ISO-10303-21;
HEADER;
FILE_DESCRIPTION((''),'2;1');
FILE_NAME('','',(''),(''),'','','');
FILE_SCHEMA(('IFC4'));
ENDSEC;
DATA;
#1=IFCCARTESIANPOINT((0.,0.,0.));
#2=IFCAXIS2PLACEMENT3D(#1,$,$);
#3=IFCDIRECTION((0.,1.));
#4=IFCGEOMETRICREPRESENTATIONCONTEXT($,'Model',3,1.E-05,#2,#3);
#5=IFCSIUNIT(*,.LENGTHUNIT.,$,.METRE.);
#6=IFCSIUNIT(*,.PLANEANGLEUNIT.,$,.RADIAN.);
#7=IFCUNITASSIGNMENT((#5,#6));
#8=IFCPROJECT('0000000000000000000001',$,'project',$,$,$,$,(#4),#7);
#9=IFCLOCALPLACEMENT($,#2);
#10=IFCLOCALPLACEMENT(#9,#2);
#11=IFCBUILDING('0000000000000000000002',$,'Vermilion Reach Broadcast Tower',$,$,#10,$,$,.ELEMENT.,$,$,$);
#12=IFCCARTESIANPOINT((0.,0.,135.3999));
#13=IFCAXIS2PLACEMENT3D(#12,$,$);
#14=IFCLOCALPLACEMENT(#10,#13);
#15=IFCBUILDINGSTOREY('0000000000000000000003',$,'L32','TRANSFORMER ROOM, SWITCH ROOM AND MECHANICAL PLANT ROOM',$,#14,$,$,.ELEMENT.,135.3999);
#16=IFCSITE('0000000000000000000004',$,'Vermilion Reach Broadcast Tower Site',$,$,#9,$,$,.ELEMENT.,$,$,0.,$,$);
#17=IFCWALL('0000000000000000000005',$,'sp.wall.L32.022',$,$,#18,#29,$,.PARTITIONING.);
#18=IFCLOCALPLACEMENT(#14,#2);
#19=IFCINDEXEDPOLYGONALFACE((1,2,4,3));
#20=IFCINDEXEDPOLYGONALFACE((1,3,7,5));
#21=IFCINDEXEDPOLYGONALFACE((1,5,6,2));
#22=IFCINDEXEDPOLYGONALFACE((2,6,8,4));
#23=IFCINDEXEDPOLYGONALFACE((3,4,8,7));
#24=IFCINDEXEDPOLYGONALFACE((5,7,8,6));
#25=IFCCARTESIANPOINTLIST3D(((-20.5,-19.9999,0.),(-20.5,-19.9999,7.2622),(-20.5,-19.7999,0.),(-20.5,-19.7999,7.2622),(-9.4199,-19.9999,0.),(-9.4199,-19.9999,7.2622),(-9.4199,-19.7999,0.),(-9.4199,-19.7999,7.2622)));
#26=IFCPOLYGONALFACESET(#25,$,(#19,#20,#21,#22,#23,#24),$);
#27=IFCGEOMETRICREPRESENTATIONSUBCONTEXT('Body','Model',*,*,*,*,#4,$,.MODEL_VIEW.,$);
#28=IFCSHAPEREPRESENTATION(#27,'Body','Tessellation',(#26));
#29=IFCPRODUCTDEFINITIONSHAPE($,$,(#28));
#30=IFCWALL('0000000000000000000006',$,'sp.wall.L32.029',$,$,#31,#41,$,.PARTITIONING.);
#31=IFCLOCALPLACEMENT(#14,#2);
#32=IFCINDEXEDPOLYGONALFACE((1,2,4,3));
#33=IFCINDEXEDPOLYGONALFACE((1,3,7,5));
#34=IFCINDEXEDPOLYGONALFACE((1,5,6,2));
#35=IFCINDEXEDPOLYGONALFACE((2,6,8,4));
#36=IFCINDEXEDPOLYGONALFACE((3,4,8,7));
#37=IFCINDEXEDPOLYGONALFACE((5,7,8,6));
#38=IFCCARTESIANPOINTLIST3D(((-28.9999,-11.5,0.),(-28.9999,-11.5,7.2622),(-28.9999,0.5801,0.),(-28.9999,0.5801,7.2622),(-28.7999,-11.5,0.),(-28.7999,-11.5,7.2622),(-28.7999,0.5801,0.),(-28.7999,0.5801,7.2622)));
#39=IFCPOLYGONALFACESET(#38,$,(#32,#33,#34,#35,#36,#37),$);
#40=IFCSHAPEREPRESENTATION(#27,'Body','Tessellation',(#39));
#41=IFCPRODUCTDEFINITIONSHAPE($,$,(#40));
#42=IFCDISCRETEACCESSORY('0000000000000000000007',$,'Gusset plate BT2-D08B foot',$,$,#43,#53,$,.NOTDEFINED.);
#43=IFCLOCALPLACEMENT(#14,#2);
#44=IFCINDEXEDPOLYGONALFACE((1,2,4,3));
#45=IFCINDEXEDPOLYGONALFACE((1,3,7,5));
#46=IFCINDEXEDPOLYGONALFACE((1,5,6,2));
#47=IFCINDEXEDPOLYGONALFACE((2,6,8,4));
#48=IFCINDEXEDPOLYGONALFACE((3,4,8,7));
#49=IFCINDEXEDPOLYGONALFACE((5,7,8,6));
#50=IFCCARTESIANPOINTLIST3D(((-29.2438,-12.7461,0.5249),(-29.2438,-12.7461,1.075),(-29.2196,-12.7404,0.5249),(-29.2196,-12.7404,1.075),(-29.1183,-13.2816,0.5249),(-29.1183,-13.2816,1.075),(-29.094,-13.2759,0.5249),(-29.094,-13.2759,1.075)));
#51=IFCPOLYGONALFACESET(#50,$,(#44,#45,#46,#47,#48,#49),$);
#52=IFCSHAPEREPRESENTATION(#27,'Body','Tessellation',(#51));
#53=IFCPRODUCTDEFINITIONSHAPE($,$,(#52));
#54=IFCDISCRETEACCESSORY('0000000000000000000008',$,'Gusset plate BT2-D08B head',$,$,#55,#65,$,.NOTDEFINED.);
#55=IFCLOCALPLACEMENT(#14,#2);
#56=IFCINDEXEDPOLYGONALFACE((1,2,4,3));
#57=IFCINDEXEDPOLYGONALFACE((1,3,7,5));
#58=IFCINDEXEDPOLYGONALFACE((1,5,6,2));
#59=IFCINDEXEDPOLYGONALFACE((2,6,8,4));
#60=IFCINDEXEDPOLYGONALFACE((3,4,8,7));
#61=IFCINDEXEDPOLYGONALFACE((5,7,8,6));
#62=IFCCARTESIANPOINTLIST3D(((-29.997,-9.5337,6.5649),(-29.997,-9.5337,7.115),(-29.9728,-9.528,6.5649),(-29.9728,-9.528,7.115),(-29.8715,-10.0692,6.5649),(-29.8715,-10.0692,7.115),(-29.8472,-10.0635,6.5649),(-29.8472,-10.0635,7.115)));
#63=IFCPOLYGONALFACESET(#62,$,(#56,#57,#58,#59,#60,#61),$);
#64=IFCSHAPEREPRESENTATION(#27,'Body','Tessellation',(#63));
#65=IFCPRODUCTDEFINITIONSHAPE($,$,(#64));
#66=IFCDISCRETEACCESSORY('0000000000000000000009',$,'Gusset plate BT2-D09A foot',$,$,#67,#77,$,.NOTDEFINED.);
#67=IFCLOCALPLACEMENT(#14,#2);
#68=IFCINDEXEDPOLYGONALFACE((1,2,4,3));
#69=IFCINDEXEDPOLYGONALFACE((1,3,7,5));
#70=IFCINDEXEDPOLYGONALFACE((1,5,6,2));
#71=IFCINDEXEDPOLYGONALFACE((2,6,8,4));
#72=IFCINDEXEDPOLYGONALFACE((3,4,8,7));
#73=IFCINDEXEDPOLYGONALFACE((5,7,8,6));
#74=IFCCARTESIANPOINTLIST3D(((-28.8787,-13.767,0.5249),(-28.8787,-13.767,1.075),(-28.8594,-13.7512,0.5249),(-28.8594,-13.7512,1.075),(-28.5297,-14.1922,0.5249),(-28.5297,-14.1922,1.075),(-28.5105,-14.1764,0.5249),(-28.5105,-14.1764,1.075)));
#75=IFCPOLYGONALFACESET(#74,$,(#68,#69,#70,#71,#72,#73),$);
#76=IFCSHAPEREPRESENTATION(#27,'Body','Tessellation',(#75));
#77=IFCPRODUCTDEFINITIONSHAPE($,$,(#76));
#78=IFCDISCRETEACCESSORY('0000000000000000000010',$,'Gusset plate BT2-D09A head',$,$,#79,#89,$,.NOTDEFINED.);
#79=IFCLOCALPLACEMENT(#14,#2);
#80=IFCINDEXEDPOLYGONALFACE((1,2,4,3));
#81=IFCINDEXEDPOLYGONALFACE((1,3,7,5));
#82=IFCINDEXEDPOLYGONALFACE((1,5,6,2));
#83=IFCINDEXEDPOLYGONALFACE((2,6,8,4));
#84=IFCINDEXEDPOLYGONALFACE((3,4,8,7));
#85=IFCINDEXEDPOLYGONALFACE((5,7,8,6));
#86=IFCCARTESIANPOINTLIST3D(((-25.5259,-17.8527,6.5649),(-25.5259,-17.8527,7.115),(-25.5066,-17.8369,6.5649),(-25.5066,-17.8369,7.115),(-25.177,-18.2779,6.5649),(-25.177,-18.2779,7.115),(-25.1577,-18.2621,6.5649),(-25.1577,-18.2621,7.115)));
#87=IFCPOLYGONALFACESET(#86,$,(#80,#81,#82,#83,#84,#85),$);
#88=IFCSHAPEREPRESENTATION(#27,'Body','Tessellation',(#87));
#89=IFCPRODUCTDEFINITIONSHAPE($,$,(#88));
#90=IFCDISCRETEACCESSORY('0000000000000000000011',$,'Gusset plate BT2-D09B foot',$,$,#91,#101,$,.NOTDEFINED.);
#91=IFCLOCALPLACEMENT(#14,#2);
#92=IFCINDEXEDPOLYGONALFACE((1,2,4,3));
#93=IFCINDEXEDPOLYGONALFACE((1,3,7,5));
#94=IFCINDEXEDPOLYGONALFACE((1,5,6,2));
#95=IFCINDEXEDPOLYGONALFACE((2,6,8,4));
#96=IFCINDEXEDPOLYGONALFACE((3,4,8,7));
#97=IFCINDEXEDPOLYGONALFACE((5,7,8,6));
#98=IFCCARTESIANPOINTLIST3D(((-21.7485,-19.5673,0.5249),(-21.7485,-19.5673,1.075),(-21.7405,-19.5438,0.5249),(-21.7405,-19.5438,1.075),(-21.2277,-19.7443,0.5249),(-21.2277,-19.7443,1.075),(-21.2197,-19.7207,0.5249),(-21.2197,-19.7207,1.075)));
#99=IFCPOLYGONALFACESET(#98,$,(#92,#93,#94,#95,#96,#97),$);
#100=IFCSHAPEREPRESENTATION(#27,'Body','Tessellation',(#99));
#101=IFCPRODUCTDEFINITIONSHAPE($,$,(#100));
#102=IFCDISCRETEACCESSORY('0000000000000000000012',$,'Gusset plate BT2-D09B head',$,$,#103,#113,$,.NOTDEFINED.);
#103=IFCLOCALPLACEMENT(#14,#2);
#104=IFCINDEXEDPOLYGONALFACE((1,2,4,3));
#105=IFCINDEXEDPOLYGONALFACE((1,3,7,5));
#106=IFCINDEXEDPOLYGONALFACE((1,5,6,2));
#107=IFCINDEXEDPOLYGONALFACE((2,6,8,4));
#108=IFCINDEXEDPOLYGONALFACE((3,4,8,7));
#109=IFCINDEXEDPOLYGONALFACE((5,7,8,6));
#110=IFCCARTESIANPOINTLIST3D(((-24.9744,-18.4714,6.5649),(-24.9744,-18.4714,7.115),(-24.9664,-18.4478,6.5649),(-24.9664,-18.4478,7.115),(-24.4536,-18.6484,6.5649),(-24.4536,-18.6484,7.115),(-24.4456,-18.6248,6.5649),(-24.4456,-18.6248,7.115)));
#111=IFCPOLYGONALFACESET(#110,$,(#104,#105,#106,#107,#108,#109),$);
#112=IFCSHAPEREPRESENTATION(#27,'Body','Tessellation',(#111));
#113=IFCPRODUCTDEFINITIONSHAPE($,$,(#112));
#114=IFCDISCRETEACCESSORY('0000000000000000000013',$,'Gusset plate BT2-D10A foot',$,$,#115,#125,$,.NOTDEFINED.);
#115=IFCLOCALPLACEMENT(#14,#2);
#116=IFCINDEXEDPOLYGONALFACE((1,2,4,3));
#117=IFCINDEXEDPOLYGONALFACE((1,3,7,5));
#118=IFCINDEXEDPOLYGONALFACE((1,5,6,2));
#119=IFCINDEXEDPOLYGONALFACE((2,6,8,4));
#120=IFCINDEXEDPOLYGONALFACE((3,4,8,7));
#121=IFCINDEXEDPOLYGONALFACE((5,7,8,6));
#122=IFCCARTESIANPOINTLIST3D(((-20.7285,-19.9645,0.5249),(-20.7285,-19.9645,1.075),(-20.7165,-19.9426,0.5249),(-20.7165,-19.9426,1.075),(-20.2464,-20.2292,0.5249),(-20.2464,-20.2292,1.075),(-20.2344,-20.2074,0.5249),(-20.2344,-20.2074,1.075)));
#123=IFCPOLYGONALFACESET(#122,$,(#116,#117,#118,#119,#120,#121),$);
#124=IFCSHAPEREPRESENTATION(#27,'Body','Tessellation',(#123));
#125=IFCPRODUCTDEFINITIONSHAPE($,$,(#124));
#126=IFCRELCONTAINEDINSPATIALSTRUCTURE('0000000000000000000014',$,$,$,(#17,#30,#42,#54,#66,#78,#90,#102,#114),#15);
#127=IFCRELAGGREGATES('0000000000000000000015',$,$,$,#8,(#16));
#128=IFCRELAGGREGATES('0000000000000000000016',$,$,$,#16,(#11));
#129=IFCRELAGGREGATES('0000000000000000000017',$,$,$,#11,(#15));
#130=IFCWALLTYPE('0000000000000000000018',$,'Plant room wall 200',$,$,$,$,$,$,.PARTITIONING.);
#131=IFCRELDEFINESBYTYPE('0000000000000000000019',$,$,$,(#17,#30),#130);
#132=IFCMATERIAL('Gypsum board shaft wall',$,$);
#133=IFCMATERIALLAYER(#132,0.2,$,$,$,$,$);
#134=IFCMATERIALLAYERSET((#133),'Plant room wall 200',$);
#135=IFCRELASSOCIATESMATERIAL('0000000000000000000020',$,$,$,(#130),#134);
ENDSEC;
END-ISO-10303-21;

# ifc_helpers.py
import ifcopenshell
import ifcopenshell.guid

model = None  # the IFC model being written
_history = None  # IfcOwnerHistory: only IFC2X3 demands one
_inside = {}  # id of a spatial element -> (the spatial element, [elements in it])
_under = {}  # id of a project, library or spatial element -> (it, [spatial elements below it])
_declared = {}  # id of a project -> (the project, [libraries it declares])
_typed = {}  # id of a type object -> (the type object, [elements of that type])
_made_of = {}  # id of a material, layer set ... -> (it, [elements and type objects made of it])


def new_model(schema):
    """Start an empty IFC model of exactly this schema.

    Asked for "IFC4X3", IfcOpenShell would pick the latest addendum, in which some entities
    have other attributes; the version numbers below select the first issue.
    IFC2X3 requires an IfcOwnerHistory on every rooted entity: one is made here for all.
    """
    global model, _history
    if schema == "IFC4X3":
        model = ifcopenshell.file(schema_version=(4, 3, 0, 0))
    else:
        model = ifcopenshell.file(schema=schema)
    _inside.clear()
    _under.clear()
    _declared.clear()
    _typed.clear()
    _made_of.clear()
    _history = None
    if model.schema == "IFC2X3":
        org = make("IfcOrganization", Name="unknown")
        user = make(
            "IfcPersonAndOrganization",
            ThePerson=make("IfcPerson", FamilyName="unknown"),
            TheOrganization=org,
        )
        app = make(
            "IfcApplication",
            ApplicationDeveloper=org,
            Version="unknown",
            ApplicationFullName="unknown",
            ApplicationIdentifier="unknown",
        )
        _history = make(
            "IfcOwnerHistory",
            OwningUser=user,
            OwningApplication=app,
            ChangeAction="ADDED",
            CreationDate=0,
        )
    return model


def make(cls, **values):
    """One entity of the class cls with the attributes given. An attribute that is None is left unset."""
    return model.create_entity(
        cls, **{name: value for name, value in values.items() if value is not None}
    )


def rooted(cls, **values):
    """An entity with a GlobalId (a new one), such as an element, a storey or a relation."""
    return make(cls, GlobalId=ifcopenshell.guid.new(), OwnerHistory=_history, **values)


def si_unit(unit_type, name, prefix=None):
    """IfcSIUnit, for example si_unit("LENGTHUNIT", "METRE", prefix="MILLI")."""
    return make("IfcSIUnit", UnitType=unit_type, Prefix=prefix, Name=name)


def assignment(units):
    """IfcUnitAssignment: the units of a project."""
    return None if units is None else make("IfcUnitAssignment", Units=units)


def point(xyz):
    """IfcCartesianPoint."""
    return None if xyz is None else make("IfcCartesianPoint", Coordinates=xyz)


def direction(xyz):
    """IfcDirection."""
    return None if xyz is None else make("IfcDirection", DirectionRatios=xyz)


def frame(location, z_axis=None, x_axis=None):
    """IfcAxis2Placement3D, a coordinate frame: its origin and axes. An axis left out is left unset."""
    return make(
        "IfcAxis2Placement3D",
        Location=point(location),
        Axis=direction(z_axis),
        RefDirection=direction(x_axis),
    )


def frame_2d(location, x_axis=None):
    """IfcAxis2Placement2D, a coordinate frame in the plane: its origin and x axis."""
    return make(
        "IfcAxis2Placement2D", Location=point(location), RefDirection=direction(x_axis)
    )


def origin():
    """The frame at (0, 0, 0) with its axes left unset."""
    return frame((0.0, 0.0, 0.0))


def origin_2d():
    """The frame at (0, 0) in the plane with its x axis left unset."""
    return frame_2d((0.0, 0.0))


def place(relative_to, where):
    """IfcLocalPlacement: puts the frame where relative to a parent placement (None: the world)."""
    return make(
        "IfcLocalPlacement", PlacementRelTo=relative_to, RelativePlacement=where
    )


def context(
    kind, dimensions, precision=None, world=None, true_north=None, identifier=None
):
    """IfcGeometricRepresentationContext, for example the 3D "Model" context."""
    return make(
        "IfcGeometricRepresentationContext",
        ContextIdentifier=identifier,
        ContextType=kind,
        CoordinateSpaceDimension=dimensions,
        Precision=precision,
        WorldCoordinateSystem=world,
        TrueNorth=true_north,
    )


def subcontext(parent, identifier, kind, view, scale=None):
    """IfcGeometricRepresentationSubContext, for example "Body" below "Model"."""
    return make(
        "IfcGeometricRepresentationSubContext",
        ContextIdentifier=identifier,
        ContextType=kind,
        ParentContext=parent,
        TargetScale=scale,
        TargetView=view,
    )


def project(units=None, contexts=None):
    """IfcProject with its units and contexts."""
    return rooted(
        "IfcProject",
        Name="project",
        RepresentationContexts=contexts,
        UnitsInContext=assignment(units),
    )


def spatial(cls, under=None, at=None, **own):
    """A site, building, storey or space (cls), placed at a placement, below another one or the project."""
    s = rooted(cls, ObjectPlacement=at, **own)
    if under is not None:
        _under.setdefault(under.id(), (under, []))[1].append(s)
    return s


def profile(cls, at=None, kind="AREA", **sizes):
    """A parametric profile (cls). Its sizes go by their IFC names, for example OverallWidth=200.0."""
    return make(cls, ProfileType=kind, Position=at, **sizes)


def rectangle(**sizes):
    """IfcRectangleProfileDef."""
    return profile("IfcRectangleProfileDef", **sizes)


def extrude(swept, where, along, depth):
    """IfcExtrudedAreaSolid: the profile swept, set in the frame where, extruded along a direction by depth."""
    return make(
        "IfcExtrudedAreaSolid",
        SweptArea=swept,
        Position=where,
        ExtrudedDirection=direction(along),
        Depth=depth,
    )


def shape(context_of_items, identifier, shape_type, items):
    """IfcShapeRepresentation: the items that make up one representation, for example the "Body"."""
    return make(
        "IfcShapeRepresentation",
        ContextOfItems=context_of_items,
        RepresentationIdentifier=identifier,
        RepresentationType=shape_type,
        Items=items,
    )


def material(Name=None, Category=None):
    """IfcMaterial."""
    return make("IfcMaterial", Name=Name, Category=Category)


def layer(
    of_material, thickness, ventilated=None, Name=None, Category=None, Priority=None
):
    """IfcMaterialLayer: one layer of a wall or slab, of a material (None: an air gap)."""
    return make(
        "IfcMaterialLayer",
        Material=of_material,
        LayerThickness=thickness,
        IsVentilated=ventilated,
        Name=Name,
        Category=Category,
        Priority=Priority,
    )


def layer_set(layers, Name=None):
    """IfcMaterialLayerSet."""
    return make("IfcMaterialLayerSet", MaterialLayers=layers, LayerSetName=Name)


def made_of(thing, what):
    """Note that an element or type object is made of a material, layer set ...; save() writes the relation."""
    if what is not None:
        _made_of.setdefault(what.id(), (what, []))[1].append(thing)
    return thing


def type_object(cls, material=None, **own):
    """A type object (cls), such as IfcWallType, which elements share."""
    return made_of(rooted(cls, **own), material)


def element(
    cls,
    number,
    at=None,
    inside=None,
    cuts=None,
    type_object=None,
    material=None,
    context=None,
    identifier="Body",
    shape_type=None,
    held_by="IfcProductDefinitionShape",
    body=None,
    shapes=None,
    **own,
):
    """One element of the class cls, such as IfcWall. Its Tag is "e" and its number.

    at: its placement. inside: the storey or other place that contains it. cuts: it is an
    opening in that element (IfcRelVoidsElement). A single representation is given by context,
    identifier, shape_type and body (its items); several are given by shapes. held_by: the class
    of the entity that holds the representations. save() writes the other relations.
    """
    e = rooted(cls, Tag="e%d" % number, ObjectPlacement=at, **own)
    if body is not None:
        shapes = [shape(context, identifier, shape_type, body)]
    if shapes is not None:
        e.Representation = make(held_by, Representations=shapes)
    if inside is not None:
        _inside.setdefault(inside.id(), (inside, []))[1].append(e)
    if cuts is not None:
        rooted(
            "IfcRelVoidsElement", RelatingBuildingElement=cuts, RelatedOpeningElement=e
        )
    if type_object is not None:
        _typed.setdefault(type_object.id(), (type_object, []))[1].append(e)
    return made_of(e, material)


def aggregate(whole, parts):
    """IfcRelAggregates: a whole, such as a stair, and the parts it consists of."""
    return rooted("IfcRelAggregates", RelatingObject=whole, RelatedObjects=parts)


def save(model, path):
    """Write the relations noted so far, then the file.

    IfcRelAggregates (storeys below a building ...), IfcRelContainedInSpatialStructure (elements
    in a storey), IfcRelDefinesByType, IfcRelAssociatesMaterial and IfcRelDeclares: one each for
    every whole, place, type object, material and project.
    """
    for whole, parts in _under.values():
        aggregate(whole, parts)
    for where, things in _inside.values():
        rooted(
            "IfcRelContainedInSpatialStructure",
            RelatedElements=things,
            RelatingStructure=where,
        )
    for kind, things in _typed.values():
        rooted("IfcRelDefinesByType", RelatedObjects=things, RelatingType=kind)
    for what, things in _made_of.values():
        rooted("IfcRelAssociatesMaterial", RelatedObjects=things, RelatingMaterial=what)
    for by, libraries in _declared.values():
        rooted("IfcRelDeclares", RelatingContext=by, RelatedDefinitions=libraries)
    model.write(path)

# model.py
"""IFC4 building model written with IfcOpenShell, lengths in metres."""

from ifc_helpers import new_model, si_unit, direction, frame, frame_2d, origin, origin_2d, place, context, subcontext, project, spatial, rectangle, extrude, material, layer, layer_set, type_object, element, save


model = new_model("IFC4")

# Units and contexts
model_context = context("Model", 3, precision=1e-05, world=origin(), true_north=direction((0.0, 1.0)))
body_context = subcontext(model_context, "Body", "Model", "MODEL_VIEW")
ifc_project = project(units=[si_unit("LENGTHUNIT", "METRE"), si_unit("PLANEANGLEUNIT", "RADIAN")], contexts=[model_context])

# Site, building, storey
site_placement = place(None, origin())
site = spatial("IfcSite", under=ifc_project, at=site_placement, Name="Vermilion Reach Broadcast Tower Site", CompositionType="ELEMENT", RefElevation=0.0)
building_placement = place(site_placement, origin())
building = spatial("IfcBuilding", under=site, at=building_placement, Name="Vermilion Reach Broadcast Tower", CompositionType="ELEMENT")
storey_placement = place(building_placement, frame((0.0, 0.0, 135.3999)))
storey = spatial("IfcBuildingStorey", under=building, at=storey_placement, Name="L32", Description="TRANSFORMER ROOM, SWITCH ROOM AND MECHANICAL PLANT ROOM", CompositionType="ELEMENT", Elevation=135.3999)

# Shared definitions
ifc_material_1 = material(Name="Gypsum board shaft wall")
ifc_layer = layer(ifc_material_1, 0.2)
ifc_layer_set = layer_set([ifc_layer], Name="Plant room wall 200")
wall_type = type_object("IfcWallType", Name="Plant room wall 200", PredefinedType="PARTITIONING", material=ifc_layer_set)

# Walls
wall_1_placement = place(storey_placement, frame((-20.5, -19.8999, 0.0), z_axis=(0.0, 0.0, 1.0), x_axis=(1.0, 0.0, 0.0)))
element("IfcWall", 1, at=wall_1_placement, inside=storey, type_object=wall_type, Name="sp.wall.L32.022", PredefinedType="PARTITIONING", context=body_context, shape_type="SweptSolid", body=[
    extrude(rectangle(XDim=11.0801, YDim=0.2, at=frame_2d((5.54, 0.0))), origin(), (0.0, 0.0, 1.0), 7.2622),
])
wall_2_placement = place(storey_placement, frame((-28.8999, -11.5, 0.0), z_axis=(0.0, 0.0, 1.0), x_axis=(0.0, 1.0, 0.0)))
element("IfcWall", 2, at=wall_2_placement, inside=storey, type_object=wall_type, Name="sp.wall.L32.029", PredefinedType="PARTITIONING", context=body_context, shape_type="SweptSolid", body=[
    extrude(rectangle(XDim=12.0801, YDim=0.2, at=frame_2d((6.04, 0.0))), origin(), (0.0, 0.0, 1.0), 7.2622),
])

# Discrete accessories
for number, where, z_axis, x_axis, name in (
    (3, (-29.1689, -13.011, 0.5249), (0.0, 0.0, 1.0), (-0.973597, -0.228274, 0.0), "Gusset plate BT2-D08B foot"),
    (4, (-29.9221, -9.7986, 6.5649), (0.0, 0.0, 1.0), (-0.973597, -0.228274, 0.0), "Gusset plate BT2-D08B head"),
    (5, (-28.6946, -13.9717, 0.5249), (0.0, 0.0, 1.0), (0.773036, 0.634362, 0.0), "Gusset plate BT2-D09A foot"),
    (6, (-25.3418, -18.0574, 6.5649), (0.0, 0.0, 1.0), (0.773036, 0.634362, 0.0), "Gusset plate BT2-D09A head"),
    (7, (-21.4841, -19.644, 0.5249), (0.0, 0.0, 1.0), (-0.32174, -0.946828, 0.0), "Gusset plate BT2-D09B foot"),
    (8, (-24.71, -18.5481, 6.5649), (0.0, 0.0, 1.0), (-0.32174, -0.946828, 0.0), "Gusset plate BT2-D09B head"),
    (9, (-20.4814, -20.0859, 0.5249), (0.0, 0.0, 1.0), (0.481394, 0.876504, 0.0), "Gusset plate BT2-D10A foot"),
):
    element("IfcDiscreteAccessory", number, at=place(storey_placement, frame(where, z_axis=z_axis, x_axis=x_axis)), inside=storey, Name=name, PredefinedType="NOTDEFINED", context=body_context, shape_type="SweptSolid", body=[
        extrude(rectangle(XDim=0.0249, YDim=0.55, at=origin_2d()), origin(), (0.0, 0.0, 1.0), 0.55),
    ])

save(model, "model.ifc")
